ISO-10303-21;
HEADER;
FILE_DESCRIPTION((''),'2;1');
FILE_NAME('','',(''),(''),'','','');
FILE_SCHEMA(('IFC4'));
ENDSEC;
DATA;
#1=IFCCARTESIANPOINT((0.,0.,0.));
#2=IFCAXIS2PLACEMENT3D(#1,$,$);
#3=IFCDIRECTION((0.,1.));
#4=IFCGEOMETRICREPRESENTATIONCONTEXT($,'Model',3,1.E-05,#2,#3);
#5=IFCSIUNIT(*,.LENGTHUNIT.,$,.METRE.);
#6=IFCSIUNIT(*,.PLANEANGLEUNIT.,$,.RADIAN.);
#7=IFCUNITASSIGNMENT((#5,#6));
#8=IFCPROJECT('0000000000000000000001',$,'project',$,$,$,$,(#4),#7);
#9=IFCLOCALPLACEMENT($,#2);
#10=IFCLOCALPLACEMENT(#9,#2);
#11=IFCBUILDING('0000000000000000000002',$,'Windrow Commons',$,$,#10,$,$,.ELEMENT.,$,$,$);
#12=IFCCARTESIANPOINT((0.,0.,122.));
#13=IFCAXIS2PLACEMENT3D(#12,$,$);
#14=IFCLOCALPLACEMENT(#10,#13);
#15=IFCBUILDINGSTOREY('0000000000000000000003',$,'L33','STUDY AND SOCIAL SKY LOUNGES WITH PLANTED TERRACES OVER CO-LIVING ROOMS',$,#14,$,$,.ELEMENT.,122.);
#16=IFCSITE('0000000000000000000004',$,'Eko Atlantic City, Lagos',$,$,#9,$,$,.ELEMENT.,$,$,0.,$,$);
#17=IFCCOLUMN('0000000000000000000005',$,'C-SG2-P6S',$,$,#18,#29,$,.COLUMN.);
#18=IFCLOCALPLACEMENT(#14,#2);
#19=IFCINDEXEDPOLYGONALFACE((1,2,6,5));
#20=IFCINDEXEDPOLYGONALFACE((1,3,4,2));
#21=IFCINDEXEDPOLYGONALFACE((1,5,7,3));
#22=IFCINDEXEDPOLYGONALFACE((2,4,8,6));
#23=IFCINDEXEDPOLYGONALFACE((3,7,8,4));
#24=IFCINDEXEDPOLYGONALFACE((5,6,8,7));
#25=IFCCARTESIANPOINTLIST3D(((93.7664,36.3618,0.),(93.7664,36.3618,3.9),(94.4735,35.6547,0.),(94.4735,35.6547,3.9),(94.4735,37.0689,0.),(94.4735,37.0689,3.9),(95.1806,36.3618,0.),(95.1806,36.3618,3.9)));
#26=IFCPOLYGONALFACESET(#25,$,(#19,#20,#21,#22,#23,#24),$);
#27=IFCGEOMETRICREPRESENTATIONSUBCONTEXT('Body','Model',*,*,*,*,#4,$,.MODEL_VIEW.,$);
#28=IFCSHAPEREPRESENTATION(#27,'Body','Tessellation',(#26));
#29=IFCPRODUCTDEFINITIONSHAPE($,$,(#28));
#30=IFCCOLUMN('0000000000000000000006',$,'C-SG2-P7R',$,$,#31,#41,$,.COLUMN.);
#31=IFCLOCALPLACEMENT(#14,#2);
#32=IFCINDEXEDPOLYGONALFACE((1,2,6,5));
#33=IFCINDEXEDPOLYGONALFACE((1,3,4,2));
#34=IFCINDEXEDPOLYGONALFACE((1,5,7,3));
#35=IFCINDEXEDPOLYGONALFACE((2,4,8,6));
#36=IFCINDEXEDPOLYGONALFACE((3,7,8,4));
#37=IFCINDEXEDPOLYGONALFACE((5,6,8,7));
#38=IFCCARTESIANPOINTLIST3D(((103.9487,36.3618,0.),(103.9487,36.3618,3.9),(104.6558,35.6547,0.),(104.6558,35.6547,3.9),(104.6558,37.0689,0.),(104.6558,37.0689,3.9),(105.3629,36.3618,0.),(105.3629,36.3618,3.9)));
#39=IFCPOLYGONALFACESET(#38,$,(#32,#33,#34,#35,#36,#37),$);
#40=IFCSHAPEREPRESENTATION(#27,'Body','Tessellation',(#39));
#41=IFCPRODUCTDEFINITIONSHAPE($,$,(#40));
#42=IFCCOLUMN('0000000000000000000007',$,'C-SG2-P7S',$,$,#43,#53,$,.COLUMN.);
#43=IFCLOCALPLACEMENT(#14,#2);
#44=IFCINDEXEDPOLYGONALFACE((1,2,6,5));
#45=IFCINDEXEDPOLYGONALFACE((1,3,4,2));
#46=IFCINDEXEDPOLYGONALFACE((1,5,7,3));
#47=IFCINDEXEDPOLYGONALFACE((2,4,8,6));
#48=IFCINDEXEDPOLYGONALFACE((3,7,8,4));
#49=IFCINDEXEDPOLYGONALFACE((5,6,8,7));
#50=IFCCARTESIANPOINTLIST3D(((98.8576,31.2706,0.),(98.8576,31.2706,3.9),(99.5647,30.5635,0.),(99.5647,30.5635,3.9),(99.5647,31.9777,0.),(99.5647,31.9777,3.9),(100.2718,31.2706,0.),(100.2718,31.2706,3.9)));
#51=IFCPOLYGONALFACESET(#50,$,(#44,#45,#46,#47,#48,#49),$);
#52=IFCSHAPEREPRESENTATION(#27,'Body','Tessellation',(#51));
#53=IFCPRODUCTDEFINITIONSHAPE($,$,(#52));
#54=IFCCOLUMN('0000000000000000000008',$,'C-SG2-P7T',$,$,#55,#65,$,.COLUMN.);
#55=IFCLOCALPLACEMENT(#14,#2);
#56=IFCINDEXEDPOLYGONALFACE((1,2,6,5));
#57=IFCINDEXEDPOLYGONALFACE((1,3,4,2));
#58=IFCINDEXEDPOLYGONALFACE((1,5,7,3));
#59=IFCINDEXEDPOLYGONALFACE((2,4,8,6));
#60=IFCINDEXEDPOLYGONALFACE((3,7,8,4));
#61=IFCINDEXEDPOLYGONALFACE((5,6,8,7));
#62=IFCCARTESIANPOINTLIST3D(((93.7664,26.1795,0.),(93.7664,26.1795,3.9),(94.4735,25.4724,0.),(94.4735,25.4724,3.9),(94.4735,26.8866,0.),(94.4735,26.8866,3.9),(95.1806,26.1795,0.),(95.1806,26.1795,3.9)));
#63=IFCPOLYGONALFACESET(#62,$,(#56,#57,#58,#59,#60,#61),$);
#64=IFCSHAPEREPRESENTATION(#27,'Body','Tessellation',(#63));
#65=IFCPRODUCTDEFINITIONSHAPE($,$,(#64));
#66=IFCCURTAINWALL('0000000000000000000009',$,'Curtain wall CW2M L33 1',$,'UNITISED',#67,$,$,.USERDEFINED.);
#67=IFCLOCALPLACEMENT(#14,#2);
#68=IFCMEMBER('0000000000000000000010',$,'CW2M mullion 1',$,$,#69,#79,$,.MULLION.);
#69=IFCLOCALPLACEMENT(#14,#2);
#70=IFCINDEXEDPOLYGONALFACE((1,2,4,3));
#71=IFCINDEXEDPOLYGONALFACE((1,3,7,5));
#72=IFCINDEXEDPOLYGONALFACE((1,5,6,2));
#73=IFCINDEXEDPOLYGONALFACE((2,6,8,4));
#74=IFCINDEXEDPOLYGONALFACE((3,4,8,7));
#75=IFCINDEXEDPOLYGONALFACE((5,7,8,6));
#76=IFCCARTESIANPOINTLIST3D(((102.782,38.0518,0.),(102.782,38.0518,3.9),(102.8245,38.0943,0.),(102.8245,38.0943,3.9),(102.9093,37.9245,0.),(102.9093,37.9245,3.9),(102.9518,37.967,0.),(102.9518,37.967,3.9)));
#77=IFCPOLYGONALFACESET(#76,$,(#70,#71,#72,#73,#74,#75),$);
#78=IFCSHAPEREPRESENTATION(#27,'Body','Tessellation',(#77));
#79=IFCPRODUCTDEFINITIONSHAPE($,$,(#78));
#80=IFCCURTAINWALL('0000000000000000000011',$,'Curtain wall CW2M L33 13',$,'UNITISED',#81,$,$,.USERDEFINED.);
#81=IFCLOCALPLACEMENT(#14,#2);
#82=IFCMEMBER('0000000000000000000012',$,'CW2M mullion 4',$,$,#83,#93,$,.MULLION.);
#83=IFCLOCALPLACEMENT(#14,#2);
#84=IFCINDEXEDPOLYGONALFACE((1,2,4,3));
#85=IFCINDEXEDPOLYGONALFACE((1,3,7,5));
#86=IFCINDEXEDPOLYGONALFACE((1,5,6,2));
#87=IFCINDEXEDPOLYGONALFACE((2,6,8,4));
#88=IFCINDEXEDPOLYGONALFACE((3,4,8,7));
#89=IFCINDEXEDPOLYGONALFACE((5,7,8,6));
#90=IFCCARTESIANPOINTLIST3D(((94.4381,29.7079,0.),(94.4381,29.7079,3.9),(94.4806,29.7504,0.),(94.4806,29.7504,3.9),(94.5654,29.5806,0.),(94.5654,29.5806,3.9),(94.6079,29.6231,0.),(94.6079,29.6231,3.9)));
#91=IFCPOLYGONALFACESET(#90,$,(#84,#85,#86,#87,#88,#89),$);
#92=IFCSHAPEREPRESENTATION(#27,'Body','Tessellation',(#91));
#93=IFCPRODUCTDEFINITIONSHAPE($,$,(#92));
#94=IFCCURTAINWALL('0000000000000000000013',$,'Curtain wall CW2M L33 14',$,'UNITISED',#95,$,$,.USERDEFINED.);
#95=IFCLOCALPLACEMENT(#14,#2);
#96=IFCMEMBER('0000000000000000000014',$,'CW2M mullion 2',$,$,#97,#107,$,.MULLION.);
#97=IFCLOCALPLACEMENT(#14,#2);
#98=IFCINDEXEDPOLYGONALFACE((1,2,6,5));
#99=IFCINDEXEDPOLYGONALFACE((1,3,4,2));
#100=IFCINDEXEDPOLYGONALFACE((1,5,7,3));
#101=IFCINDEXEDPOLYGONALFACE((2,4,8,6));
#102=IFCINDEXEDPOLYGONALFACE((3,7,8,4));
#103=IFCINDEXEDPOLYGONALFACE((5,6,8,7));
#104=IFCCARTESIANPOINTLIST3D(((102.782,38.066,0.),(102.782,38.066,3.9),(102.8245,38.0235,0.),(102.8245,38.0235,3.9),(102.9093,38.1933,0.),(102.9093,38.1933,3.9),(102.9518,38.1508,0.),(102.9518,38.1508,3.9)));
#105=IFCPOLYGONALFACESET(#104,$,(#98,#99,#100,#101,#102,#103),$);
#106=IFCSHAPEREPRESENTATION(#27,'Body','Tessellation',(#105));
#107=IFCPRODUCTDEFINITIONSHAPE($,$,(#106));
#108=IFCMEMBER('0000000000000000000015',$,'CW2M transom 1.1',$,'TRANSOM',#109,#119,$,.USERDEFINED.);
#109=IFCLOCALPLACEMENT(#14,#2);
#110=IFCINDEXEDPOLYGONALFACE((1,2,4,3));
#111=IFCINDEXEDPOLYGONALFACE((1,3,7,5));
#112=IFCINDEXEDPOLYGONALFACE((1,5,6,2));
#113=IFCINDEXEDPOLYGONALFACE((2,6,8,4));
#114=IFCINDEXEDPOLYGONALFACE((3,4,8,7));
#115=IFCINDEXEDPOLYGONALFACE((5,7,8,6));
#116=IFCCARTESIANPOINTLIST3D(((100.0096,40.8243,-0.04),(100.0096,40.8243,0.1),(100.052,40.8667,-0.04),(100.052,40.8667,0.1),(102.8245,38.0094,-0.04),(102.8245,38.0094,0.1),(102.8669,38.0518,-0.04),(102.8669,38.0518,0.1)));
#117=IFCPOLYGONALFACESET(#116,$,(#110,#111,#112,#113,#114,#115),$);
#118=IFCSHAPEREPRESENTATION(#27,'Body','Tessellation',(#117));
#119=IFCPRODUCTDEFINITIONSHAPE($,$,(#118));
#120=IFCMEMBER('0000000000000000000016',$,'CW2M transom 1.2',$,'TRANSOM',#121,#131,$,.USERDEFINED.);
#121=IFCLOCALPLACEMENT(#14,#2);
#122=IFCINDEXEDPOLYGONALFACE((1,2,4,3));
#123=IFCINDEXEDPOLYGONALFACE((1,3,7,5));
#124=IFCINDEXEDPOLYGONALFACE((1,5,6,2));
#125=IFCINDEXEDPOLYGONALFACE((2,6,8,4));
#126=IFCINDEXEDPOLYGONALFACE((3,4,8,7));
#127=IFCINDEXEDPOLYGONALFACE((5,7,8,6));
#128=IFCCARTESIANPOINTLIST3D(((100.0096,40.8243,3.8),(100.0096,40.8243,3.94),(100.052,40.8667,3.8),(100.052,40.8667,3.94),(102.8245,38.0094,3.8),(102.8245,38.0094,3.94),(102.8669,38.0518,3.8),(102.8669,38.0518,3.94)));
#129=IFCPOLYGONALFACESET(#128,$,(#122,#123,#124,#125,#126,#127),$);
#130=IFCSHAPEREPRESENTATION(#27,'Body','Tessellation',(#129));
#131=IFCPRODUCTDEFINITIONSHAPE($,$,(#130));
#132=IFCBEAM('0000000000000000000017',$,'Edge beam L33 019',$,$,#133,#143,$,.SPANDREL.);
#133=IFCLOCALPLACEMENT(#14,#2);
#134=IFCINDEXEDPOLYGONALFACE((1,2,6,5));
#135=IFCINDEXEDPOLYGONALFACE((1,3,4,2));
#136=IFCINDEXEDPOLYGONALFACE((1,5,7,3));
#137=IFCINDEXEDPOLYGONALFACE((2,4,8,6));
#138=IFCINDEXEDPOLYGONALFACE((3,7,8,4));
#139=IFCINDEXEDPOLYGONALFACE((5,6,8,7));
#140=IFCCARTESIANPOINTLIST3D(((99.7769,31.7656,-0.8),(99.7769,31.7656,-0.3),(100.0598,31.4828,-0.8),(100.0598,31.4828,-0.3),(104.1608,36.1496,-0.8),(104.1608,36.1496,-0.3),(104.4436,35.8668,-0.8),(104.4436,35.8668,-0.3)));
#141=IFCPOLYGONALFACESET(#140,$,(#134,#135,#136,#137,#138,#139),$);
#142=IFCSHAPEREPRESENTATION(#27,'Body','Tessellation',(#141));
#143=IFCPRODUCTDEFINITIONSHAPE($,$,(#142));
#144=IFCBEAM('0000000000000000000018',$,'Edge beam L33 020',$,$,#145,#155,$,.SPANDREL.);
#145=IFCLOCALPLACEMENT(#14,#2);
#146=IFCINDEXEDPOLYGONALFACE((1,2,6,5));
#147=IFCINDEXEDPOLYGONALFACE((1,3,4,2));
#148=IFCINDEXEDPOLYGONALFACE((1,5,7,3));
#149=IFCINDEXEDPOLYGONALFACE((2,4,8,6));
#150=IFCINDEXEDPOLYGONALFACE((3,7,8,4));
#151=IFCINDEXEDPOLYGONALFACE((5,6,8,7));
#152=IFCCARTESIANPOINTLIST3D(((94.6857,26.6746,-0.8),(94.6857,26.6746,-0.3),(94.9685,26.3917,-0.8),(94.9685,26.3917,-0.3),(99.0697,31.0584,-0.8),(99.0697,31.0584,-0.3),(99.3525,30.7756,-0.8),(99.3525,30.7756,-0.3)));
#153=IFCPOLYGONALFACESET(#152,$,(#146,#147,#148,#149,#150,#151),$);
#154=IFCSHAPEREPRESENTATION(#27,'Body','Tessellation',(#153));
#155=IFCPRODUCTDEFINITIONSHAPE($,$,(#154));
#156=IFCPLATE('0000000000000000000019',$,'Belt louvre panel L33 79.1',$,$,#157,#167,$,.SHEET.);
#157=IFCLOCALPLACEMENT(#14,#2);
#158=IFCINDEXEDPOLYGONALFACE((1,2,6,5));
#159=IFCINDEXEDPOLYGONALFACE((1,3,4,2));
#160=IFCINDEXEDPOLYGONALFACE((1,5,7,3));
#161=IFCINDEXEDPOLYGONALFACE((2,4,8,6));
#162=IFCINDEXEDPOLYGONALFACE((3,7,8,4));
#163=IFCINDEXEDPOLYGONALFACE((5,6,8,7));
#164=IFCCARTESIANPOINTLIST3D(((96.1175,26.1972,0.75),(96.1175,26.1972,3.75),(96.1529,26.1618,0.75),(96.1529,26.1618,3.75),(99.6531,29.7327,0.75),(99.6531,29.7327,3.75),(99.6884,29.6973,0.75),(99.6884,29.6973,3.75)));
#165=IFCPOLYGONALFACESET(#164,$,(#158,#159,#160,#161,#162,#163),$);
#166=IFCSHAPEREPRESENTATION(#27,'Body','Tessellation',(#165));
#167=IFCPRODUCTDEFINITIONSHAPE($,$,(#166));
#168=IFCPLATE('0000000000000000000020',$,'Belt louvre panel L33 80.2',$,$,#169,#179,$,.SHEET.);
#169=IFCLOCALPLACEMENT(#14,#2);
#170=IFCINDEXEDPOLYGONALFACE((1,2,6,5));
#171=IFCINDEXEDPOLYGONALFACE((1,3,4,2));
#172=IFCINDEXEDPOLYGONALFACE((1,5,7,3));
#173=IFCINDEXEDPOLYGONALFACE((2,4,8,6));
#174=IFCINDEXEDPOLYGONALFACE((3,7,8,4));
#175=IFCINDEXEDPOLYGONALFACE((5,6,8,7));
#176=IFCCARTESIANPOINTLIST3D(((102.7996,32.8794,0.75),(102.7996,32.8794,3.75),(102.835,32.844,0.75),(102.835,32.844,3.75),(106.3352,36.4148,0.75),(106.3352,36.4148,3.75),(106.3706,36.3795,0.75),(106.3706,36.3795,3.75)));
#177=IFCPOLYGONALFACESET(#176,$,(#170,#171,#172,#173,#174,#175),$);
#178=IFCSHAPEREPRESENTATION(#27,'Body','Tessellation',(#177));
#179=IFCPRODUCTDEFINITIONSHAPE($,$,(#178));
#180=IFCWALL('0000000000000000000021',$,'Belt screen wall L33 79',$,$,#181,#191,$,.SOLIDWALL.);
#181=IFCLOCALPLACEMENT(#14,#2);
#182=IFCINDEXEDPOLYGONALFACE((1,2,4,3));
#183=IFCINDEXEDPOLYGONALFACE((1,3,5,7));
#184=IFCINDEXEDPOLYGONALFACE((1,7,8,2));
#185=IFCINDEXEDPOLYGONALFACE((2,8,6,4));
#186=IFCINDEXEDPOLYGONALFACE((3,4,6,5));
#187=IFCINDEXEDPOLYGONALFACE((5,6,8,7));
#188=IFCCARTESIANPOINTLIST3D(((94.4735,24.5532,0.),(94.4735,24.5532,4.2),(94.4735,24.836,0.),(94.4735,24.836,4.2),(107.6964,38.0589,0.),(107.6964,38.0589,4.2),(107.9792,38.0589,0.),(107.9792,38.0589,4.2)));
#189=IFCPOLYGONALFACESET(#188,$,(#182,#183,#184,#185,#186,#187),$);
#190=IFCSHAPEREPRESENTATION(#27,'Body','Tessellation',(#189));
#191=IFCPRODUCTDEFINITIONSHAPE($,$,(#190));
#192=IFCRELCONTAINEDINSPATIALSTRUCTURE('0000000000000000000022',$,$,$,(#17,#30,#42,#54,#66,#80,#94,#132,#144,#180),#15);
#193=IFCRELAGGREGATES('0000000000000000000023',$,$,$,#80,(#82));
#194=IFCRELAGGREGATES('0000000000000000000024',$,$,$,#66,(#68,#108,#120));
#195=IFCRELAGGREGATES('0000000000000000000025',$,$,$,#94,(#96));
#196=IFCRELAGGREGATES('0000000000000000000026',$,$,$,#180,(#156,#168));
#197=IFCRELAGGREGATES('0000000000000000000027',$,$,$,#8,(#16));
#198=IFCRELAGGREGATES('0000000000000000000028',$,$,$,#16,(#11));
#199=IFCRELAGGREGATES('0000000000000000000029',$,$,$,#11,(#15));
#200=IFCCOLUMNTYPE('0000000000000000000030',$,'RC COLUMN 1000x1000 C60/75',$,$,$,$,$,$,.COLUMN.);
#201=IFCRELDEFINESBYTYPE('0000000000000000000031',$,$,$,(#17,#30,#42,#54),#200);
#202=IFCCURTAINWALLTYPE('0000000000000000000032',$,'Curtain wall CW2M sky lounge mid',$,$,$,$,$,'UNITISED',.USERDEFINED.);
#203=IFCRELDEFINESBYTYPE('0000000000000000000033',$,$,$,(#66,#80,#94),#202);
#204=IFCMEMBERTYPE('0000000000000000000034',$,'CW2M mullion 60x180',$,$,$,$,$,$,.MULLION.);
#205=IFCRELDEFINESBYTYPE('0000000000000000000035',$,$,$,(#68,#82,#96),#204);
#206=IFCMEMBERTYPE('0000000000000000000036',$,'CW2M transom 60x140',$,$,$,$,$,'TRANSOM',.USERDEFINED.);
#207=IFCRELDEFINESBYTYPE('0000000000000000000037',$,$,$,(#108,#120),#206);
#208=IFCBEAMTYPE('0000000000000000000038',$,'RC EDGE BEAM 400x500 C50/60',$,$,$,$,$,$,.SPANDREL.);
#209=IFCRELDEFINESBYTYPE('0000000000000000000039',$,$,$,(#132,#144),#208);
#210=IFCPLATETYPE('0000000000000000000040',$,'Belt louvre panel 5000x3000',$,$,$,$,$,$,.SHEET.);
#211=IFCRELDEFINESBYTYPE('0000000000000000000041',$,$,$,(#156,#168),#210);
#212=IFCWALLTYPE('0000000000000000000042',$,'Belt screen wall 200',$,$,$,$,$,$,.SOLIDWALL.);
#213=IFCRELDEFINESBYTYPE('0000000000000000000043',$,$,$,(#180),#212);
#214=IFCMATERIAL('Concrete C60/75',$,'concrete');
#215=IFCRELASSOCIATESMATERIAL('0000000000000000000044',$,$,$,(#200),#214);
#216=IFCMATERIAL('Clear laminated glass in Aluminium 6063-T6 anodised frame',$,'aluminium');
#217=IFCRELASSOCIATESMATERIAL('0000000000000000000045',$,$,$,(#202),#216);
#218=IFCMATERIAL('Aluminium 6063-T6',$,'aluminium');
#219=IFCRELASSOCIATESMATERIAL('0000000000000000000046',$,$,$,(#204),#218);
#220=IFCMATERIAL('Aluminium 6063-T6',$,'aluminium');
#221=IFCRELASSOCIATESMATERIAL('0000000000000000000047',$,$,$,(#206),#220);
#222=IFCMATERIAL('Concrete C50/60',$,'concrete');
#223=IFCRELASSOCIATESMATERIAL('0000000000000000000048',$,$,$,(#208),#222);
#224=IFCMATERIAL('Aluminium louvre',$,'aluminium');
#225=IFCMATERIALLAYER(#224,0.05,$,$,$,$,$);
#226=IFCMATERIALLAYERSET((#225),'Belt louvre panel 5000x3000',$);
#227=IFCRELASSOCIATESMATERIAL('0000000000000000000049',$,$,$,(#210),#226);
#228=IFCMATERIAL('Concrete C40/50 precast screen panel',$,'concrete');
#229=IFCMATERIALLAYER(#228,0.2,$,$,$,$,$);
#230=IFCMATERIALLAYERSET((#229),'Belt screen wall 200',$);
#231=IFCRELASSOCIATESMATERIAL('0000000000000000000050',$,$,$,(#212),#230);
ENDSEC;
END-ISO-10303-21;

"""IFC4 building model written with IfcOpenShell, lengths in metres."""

from ifc_helpers import new_model, si_unit, direction, frame, origin, origin_2d, place, context, subcontext, project, spatial, polyline, rectangle, outline, extrude, material, layer, layer_set, material_profile, profile_set, type_object, element, aggregate, save


model = new_model("IFC4")

# Units and contexts
model_context = context("Model", 3, precision=1e-05, world=origin(), true_north=direction((0.0, 1.0)))
body_context = subcontext(model_context, "Body", "Model", "MODEL_VIEW")
ifc_project = project(units=[si_unit("LENGTHUNIT", "METRE"), si_unit("PLANEANGLEUNIT", "RADIAN")], contexts=[model_context])

# Site, building, storey
site_placement = place(None, origin())
site = spatial("IfcSite", under=ifc_project, at=site_placement, Name="Eko Atlantic City, Lagos", CompositionType="ELEMENT", RefElevation=0.0)
building_placement = place(site_placement, origin())
building = spatial("IfcBuilding", under=site, at=building_placement, Name="Windrow Commons", CompositionType="ELEMENT")
storey_placement = place(building_placement, frame((0.0, 0.0, 122.0)))
storey = spatial("IfcBuildingStorey", under=building, at=storey_placement, Name="L33", Description="STUDY AND SOCIAL SKY LOUNGES WITH PLANTED TERRACES OVER CO-LIVING ROOMS", CompositionType="ELEMENT", Elevation=122.0)

# Columns
ifc_material_1 = material(Name="Concrete C60/75", Category="concrete")
ifc_material_profile_1 = material_profile(ifc_material_1, rectangle(XDim=1.0, YDim=1.0, at=origin_2d()))
ifc_profile_set_1 = profile_set([ifc_material_profile_1], Name="Concrete C60/75")
column_type = type_object("IfcColumnType", Name="RC COLUMN 1000x1000 C60/75", PredefinedType="COLUMN", material=ifc_profile_set_1)
for number, where, z_axis, x_axis, name in (
    (1, (94.4735, 36.3618, 0.0), (0.0, 0.0, 1.0), (0.707107, -0.707107, 0.0), "C-SG2-P6S"),
    (2, (104.6558, 36.3618, 0.0), (0.0, 0.0, 1.0), (0.707107, -0.707107, 0.0), "C-SG2-P7R"),
    (3, (99.5647, 31.2706, 0.0), (0.0, 0.0, 1.0), (0.707107, -0.707107, 0.0), "C-SG2-P7S"),
    (4, (94.4735, 26.1795, 0.0), (0.0, 0.0, 1.0), (0.707107, -0.707107, 0.0), "C-SG2-P7T"),
):
    element("IfcColumn", number, at=place(storey_placement, frame(where, z_axis=z_axis, x_axis=x_axis)), inside=storey, type_object=column_type, Name=name, PredefinedType="COLUMN", context=body_context, shape_type="SweptSolid", body=[
        extrude(rectangle(XDim=1.0, YDim=1.0, at=origin_2d()), origin(), (0.0, 0.0, 1.0), 3.9),
    ])

# Curtain walls, members
ifc_material_2 = material(Name="Clear laminated glass in Aluminium 6063-T6 anodised frame", Category="aluminium")
curtain_wall_type = type_object("IfcCurtainWallType", Name="Curtain wall CW2M sky lounge mid", ElementType="UNITISED", PredefinedType="USERDEFINED", material=ifc_material_2)
placement = place(storey_placement, origin())
curtain_wall_1 = element("IfcCurtainWall", 5, at=placement, inside=storey, type_object=curtain_wall_type, Name="Curtain wall CW2M L33 1", ObjectType="UNITISED", PredefinedType="USERDEFINED")
ifc_material_3 = material(Name="Aluminium 6063-T6", Category="aluminium")
ifc_material_profile_2 = material_profile(ifc_material_3, rectangle(XDim=0.06, YDim=0.18, at=origin_2d()))
ifc_profile_set_2 = profile_set([ifc_material_profile_2], Name="Aluminium 6063-T6")
member_type_1 = type_object("IfcMemberType", Name="CW2M mullion 60x180", PredefinedType="MULLION", material=ifc_profile_set_2)
member_1_placement = place(storey_placement, frame((102.8669, 38.0094, 0.0), z_axis=(0.0, 0.0, 1.0), x_axis=(-0.707107, -0.707107, 0.0)))
member_1 = element("IfcMember", 6, at=member_1_placement, type_object=member_type_1, Name="CW2M mullion 1", PredefinedType="MULLION", context=body_context, shape_type="SweptSolid", body=[
    extrude(rectangle(XDim=0.06, YDim=0.18, at=origin_2d()), origin(), (0.0, 0.0, 1.0), 3.9),
])
curtain_wall_2 = element("IfcCurtainWall", 7, at=placement, inside=storey, type_object=curtain_wall_type, Name="Curtain wall CW2M L33 13", ObjectType="UNITISED", PredefinedType="USERDEFINED")
member_2_placement = place(storey_placement, frame((94.523, 29.6655, 0.0), z_axis=(0.0, 0.0, 1.0), x_axis=(0.707107, 0.707107, 0.0)))
member_2 = element("IfcMember", 8, at=member_2_placement, type_object=member_type_1, Name="CW2M mullion 4", PredefinedType="MULLION", context=body_context, shape_type="SweptSolid", body=[
    extrude(rectangle(XDim=0.06, YDim=0.18, at=origin_2d()), origin(), (0.0, 0.0, 1.0), 3.9),
])
aggregate(curtain_wall_2, [member_2])
curtain_wall_3 = element("IfcCurtainWall", 9, at=placement, inside=storey, type_object=curtain_wall_type, Name="Curtain wall CW2M L33 14", ObjectType="UNITISED", PredefinedType="USERDEFINED")
member_3_placement = place(storey_placement, frame((102.8669, 38.1084, 0.0), z_axis=(0.0, 0.0, 1.0), x_axis=(-0.707107, 0.707107, 0.0)))
member_3 = element("IfcMember", 10, at=member_3_placement, type_object=member_type_1, Name="CW2M mullion 2", PredefinedType="MULLION", context=body_context, shape_type="SweptSolid", body=[
    extrude(rectangle(XDim=0.06, YDim=0.18, at=origin_2d()), origin(), (0.0, 0.0, 1.0), 3.9),
])

# Members
ifc_material_4 = material(Name="Aluminium 6063-T6", Category="aluminium")
ifc_material_profile_3 = material_profile(ifc_material_4, rectangle(XDim=0.06, YDim=0.14, at=origin_2d()))
ifc_profile_set_3 = profile_set([ifc_material_profile_3], Name="Aluminium 6063-T6")
member_type_2 = type_object("IfcMemberType", Name="CW2M transom 60x140", ElementType="TRANSOM", PredefinedType="USERDEFINED", material=ifc_profile_set_3)
member_4_placement = place(storey_placement, frame((102.8457, 38.0306, 0.03), z_axis=(-0.707107, 0.707107, 0.0), x_axis=(-0.707107, -0.707107, 0.0)))
member_4 = element("IfcMember", 11, at=member_4_placement, type_object=member_type_2, Name="CW2M transom 1.1", ObjectType="TRANSOM", PredefinedType="USERDEFINED", context=body_context, shape_type="SweptSolid", body=[
    extrude(rectangle(XDim=0.06, YDim=0.14, at=origin_2d()), origin(), (0.0, 0.0, 1.0), 3.9809),
])
member_5_placement = place(storey_placement, frame((102.8457, 38.0306, 3.87), z_axis=(-0.707107, 0.707107, 0.0), x_axis=(-0.707107, -0.707107, 0.0)))
member_5 = element("IfcMember", 12, at=member_5_placement, type_object=member_type_2, Name="CW2M transom 1.2", ObjectType="TRANSOM", PredefinedType="USERDEFINED", context=body_context, shape_type="SweptSolid", body=[
    extrude(rectangle(XDim=0.06, YDim=0.14, at=origin_2d()), origin(), (0.0, 0.0, 1.0), 3.9809),
])
aggregate(curtain_wall_1, [member_1, member_4, member_5])

# Beams
ifc_material_5 = material(Name="Concrete C50/60", Category="concrete")
ifc_material_profile_4 = material_profile(ifc_material_5, rectangle(XDim=0.4, YDim=0.5, at=origin_2d()))
ifc_profile_set_4 = profile_set([ifc_material_profile_4], Name="Concrete C50/60")
beam_type = type_object("IfcBeamType", Name="RC EDGE BEAM 400x500 C50/60", PredefinedType="SPANDREL", material=ifc_profile_set_4)
for number, where, z_axis, x_axis, name in (
    (13, (104.3022, 36.0082, -0.55), (-0.707099, -0.707115, 0.0), (0.707115, -0.707099, 0.0), "Edge beam L33 019"),
    (14, (99.2111, 30.917, -0.55), (-0.707115, -0.707099, 0.0), (0.707099, -0.707115, 0.0), "Edge beam L33 020"),
):
    element("IfcBeam", number, at=place(storey_placement, frame(where, z_axis=z_axis, x_axis=x_axis)), inside=storey, type_object=beam_type, Name=name, PredefinedType="SPANDREL", context=body_context, shape_type="SweptSolid", body=[
        extrude(rectangle(XDim=0.4, YDim=0.5, at=origin_2d()), origin(), (0.0, 0.0, 1.0), 6.1998),
    ])

# Plates
ifc_material_6 = material(Name="Aluminium louvre", Category="aluminium")
ifc_layer_1 = layer(ifc_material_6, 0.05)
ifc_layer_set_1 = layer_set([ifc_layer_1], Name="Belt louvre panel 5000x3000")
plate_type_1 = type_object("IfcPlateType", Name="Belt louvre panel 5000x3000", PredefinedType="SHEET", material=ifc_layer_set_1)
plate_1_placement = place(storey_placement, frame((96.1529, 26.1618, 0.75), z_axis=(0.707107, -0.707107, 0.0), x_axis=(0.707107, 0.707107, 0.0)))
plate_1 = element("IfcPlate", 15, at=plate_1_placement, type_object=plate_type_1, Name="Belt louvre panel L33 79.1", PredefinedType="SHEET", context=body_context, shape_type="SweptSolid", body=[
    extrude(outline(polyline([(0.0, 0.0), (5.0, 0.0), (5.0, 3.0), (0.0, 3.0), (0.0, 0.0)])), origin(), (0.0, 0.0, -1.0), 0.05),
])
plate_2_placement = place(storey_placement, frame((102.835, 32.844, 0.75), z_axis=(0.707097, -0.707117, 0.0), x_axis=(0.707117, 0.707097, 0.0)))
plate_2 = element("IfcPlate", 16, at=plate_2_placement, type_object=plate_type_1, Name="Belt louvre panel L33 80.2", PredefinedType="SHEET", context=body_context, shape_type="SweptSolid", body=[
    extrude(outline(polyline([(0.0, 0.0), (5.0, 0.0), (5.0, 3.0), (0.0, 3.0), (0.0, 0.0)])), origin(), (0.0, 0.0, -1.0), 0.05),
])
aggregate(curtain_wall_3, [member_3])

# Wall
ifc_material_7 = material(Name="Concrete C40/50 precast screen panel", Category="concrete")
ifc_layer_2 = layer(ifc_material_7, 0.2)
ifc_layer_set_2 = layer_set([ifc_layer_2], Name="Belt screen wall 200")
wall_type_1 = type_object("IfcWallType", Name="Belt screen wall 200", PredefinedType="SOLIDWALL", material=ifc_layer_set_2)
wall_1_placement = place(storey_placement, frame((94.4735, 24.6946, 0.0), z_axis=(0.0, 0.0, 1.0), x_axis=(0.707107, 0.707107, 0.0)))
wall_1 = element("IfcWall", 17, at=wall_1_placement, inside=storey, type_object=wall_type_1, Name="Belt screen wall L33 79", PredefinedType="SOLIDWALL", context=body_context, shape_type="SweptSolid", body=[
    extrude(outline(polyline([(-0.1, -0.1), (19.0, -0.1), (18.8, 0.1), (0.1, 0.1), (-0.1, -0.1)])), origin(), (0.0, 0.0, 1.0), 4.2),
])
aggregate(wall_1, [plate_1, plate_2])

save(model, "model.ifc")
